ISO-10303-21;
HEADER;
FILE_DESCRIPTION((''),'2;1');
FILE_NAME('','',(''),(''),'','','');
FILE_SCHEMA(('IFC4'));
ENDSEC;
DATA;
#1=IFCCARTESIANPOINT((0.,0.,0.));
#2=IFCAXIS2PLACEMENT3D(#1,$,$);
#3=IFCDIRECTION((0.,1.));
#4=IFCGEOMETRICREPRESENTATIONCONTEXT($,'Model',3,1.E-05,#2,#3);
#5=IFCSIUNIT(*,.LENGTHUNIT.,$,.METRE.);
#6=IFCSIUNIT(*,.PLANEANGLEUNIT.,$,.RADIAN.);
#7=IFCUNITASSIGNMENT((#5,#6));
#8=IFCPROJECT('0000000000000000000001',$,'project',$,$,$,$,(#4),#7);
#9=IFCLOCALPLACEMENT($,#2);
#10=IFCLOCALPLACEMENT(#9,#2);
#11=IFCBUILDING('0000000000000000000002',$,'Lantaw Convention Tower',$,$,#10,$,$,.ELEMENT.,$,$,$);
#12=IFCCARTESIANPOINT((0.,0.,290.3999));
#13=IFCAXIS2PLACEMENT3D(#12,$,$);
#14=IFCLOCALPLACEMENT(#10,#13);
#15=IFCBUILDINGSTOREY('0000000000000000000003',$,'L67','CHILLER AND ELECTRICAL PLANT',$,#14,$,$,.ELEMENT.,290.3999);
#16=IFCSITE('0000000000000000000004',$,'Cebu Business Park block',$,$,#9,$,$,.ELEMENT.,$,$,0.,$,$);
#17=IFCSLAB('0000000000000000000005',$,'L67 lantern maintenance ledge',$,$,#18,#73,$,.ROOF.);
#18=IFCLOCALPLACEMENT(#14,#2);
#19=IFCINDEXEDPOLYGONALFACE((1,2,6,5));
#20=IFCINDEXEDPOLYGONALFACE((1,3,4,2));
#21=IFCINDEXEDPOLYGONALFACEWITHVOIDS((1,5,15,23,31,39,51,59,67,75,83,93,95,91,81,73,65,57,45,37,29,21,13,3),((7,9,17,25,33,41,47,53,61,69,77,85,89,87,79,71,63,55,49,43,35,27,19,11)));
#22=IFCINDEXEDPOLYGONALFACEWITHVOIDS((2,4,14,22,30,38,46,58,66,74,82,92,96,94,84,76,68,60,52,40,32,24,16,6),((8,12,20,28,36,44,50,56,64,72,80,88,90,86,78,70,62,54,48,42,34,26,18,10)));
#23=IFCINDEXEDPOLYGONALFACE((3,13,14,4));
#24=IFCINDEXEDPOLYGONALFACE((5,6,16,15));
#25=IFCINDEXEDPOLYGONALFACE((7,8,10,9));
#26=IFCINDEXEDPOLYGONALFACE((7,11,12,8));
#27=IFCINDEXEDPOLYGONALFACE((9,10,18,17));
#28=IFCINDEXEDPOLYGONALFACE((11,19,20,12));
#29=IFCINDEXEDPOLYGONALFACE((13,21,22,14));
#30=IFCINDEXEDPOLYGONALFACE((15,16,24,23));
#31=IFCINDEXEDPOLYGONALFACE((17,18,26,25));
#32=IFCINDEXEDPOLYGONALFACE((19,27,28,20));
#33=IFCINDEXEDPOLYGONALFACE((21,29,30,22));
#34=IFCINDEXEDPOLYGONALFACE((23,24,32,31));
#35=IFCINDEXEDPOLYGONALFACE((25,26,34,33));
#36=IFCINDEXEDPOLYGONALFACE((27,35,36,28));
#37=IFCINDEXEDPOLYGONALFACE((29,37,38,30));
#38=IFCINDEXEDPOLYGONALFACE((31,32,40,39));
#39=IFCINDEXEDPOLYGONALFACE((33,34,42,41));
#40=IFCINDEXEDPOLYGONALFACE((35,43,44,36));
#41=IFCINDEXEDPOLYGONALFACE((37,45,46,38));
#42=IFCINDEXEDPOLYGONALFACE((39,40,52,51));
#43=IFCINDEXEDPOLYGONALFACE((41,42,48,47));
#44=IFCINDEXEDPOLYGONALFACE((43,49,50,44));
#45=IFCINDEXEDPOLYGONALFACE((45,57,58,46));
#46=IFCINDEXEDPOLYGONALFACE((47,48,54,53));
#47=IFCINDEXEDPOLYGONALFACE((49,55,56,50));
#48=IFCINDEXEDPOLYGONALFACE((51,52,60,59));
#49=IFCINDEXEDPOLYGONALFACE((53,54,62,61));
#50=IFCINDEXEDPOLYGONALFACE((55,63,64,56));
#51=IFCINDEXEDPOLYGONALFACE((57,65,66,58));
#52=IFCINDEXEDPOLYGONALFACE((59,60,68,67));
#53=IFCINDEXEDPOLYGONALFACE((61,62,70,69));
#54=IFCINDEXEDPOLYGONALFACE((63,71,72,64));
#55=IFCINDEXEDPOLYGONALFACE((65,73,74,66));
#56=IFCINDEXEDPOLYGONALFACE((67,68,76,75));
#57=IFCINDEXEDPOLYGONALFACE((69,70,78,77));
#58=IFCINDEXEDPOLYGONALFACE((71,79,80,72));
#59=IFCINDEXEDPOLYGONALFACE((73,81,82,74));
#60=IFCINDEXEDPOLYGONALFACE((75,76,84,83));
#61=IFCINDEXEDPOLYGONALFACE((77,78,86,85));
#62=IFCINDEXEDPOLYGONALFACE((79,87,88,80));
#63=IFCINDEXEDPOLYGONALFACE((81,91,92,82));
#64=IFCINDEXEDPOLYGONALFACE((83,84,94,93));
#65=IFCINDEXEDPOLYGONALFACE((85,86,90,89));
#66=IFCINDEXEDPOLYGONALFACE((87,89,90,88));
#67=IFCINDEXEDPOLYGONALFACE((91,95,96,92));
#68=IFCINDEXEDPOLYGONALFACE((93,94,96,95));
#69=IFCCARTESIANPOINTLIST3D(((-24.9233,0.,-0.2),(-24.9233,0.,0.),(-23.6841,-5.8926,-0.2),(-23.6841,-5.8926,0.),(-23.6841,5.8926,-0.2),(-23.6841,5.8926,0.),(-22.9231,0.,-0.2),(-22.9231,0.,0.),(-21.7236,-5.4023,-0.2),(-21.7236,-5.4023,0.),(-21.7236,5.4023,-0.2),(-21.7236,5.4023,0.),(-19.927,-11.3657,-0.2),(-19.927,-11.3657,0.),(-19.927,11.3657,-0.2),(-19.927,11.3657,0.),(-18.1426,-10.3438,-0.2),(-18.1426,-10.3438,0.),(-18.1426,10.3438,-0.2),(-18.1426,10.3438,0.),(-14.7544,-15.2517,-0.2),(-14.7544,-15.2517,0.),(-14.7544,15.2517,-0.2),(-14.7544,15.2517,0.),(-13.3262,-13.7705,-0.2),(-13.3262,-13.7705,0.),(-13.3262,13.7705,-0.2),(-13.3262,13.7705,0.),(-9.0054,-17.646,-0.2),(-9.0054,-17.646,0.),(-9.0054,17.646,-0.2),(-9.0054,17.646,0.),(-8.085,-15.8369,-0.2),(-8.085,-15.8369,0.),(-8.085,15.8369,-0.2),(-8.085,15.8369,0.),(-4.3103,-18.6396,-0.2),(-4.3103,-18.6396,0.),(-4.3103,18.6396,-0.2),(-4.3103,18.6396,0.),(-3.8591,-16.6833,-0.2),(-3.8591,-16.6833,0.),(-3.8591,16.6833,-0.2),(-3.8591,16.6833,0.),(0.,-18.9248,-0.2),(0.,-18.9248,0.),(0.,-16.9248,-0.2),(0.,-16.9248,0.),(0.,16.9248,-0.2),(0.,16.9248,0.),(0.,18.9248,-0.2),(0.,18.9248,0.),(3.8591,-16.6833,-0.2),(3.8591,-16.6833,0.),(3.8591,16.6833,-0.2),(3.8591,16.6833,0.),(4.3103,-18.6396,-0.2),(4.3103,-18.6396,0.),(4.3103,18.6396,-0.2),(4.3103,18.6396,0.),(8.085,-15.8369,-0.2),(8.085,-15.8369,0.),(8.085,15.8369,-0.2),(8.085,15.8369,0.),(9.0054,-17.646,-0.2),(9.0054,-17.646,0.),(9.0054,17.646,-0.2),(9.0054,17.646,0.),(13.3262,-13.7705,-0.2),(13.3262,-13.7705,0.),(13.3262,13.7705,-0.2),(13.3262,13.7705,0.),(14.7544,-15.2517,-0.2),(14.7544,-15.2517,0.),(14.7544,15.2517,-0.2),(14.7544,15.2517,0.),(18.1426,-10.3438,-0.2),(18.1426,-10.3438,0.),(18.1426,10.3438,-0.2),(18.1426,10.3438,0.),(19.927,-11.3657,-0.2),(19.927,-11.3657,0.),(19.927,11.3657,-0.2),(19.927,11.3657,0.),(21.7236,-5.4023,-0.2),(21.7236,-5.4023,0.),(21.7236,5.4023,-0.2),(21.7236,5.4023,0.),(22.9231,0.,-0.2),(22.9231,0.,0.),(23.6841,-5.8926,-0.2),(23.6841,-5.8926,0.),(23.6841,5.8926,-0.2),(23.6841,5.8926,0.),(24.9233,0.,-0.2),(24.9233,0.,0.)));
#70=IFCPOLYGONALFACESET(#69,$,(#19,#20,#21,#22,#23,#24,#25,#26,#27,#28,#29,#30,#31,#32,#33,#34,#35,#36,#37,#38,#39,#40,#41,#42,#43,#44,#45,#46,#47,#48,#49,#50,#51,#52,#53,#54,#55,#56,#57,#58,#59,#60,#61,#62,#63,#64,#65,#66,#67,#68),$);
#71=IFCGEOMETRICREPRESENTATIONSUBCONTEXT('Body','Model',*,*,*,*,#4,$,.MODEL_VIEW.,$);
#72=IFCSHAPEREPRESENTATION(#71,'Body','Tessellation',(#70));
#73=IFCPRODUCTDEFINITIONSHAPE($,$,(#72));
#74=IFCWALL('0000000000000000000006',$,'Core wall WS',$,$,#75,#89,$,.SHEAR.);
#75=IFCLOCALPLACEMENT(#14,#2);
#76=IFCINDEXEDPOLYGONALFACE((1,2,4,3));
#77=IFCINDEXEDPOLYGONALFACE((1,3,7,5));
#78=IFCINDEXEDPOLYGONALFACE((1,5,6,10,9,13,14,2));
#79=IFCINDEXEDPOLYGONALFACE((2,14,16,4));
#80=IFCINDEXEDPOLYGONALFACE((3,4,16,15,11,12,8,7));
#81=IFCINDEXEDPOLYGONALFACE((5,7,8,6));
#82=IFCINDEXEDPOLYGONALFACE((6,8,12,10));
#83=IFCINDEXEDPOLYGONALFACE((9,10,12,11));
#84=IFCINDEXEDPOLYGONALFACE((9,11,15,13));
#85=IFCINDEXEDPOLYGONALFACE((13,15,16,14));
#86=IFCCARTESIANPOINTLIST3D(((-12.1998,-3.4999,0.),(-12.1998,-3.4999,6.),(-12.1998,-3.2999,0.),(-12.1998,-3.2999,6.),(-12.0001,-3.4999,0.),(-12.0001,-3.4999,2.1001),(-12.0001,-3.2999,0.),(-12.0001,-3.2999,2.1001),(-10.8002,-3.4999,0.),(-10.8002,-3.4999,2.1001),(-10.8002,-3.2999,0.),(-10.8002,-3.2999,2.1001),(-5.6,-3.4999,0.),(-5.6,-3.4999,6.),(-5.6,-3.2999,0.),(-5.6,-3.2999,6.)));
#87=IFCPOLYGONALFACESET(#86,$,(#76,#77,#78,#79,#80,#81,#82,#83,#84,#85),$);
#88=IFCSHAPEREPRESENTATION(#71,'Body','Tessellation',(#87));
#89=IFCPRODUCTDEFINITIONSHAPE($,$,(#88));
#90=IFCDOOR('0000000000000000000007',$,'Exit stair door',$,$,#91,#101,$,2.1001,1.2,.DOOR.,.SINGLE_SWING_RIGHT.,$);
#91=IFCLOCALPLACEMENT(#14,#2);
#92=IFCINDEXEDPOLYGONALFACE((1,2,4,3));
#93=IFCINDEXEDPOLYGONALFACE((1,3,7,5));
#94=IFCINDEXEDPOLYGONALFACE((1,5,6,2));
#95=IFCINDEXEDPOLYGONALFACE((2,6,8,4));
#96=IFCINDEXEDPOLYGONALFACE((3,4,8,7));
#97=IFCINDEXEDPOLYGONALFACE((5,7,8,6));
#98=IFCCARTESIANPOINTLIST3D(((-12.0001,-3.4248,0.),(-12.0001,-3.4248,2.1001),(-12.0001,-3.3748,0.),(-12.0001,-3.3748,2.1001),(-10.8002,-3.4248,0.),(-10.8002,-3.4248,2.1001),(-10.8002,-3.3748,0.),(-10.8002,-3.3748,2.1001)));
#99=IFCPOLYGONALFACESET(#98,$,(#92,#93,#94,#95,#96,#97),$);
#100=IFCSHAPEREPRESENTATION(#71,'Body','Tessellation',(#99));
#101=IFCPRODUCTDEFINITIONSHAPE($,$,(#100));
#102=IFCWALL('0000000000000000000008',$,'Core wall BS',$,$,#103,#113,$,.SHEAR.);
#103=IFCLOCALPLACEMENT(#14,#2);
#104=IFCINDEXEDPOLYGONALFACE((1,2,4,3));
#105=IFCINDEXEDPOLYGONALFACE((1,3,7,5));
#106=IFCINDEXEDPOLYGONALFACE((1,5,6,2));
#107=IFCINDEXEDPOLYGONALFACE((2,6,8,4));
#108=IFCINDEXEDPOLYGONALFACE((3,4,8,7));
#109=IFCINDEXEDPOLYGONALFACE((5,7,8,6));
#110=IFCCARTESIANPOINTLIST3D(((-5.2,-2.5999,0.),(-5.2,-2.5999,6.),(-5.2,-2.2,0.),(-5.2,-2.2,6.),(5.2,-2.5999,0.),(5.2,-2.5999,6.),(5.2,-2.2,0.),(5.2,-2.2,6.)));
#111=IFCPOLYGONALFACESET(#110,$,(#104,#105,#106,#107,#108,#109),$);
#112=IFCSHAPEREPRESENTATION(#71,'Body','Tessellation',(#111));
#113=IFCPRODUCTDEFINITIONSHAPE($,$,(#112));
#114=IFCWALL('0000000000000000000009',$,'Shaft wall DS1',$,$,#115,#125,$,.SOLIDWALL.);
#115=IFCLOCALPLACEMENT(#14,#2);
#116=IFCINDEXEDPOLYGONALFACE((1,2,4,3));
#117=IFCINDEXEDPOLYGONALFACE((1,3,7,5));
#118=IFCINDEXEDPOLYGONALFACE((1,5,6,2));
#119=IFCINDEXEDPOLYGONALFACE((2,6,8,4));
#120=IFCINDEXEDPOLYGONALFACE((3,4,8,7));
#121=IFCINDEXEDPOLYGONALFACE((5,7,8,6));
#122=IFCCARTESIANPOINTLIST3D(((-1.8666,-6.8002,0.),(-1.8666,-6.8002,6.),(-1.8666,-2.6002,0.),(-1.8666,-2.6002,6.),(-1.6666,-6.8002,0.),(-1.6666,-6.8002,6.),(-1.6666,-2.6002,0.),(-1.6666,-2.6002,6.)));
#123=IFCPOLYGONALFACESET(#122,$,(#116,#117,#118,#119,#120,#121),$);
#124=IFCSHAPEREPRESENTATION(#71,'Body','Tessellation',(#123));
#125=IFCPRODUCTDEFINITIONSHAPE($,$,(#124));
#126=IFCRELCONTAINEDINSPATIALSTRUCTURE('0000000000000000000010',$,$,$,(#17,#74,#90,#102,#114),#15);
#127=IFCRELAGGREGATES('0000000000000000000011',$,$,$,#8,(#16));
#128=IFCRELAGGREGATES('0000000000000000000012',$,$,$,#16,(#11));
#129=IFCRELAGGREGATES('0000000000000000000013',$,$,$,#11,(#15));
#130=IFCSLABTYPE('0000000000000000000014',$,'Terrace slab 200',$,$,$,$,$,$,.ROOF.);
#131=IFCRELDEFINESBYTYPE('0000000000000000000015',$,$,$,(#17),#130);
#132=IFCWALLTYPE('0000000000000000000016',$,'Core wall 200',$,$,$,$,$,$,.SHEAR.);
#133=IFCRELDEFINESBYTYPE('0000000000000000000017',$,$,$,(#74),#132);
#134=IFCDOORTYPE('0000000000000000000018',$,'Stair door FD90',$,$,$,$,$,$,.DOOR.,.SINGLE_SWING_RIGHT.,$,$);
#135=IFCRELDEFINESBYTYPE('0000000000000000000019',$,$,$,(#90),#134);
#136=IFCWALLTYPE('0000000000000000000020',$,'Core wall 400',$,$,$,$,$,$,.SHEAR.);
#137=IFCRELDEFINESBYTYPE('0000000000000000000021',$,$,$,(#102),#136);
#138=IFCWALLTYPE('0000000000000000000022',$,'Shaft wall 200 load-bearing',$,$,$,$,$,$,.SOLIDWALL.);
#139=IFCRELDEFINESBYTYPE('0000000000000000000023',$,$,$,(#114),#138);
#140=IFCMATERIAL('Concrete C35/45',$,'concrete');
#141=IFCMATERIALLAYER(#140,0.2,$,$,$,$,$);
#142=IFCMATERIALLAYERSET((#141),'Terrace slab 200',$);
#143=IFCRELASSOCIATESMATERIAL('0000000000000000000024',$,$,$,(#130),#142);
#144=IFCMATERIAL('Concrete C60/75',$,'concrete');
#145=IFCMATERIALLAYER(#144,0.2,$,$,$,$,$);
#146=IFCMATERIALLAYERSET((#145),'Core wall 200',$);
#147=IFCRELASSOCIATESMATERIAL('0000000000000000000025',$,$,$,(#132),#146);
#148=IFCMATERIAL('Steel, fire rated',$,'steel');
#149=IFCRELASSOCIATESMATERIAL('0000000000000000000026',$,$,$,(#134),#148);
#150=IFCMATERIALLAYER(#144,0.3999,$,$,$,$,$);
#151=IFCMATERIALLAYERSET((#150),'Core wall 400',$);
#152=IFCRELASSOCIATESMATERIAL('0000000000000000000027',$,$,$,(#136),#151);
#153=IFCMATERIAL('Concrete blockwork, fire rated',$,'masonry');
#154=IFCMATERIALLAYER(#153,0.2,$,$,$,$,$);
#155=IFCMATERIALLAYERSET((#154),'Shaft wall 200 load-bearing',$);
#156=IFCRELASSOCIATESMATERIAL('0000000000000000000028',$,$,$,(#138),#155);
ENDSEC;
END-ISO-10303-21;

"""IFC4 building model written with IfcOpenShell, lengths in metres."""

from ifc_helpers import new_model, si_unit, direction, frame, frame_2d, origin, place, context, subcontext, project, spatial, polyline, rectangle, outline, extrude, material, layer, layer_set, type_object, element, fill, save


model = new_model("IFC4")

# Units and contexts
model_context = context("Model", 3, precision=1e-05, world=origin(), true_north=direction((0.0, 1.0)))
body_context = subcontext(model_context, "Body", "Model", "MODEL_VIEW")
ifc_project = project(units=[si_unit("LENGTHUNIT", "METRE"), si_unit("PLANEANGLEUNIT", "RADIAN")], contexts=[model_context])

# Site, building, storey
site_placement = place(None, origin())
site = spatial("IfcSite", under=ifc_project, at=site_placement, Name="Cebu Business Park block", CompositionType="ELEMENT", RefElevation=0.0)
building_placement = place(site_placement, origin())
building = spatial("IfcBuilding", under=site, at=building_placement, Name="Lantaw Convention Tower", CompositionType="ELEMENT")
storey_placement = place(building_placement, frame((0.0, 0.0, 290.3999)))
storey = spatial("IfcBuildingStorey", under=building, at=storey_placement, Name="L67", Description="CHILLER AND ELECTRICAL PLANT", CompositionType="ELEMENT", Elevation=290.3999)

# Shared definitions
ifc_material_1 = material(Name="Concrete C35/45", Category="concrete")

# Slab
ifc_layer_1 = layer(ifc_material_1, 0.2)
ifc_layer_set_1 = layer_set([ifc_layer_1], Name="Terrace slab 200")
slab_type_1 = type_object("IfcSlabType", Name="Terrace slab 200", PredefinedType="ROOF", material=ifc_layer_set_1)
slab_1_placement = place(storey_placement, frame((0.0, 0.0, -0.2)))
element("IfcSlab", 1, at=slab_1_placement, inside=storey, type_object=slab_type_1, Name="L67 lantern maintenance ledge", PredefinedType="ROOF", context=body_context, shape_type="SweptSolid", body=[
    extrude(outline(polyline([(19.927, -11.3657), (23.6841, -5.8926), (24.9233, 0.0), (23.6841, 5.8926), (19.927, 11.3657), (14.7544, 15.2517), (9.0054, 17.646), (4.3103, 18.6396), (0.0, 18.9248), (-4.3103, 18.6396), (-9.0054, 17.646), (-14.7544, 15.2517), (-19.927, 11.3657), (-23.6841, 5.8926), (-24.9233, 0.0), (-23.6841, -5.8926), (-19.927, -11.3657), (-14.7544, -15.2517), (-9.0054, -17.646), (-4.3103, -18.6396), (0.0, -18.9248), (4.3103, -18.6396), (9.0054, -17.646), (14.7544, -15.2517), (19.927, -11.3657)]), holes=[polyline([(18.1426, 10.3438), (13.3262, 13.7705), (8.085, 15.8369), (3.8591, 16.6833), (0.0, 16.9248), (-3.8591, 16.6833), (-8.085, 15.8369), (-13.3262, 13.7705), (-18.1426, 10.3438), (-21.7236, 5.4023), (-22.9231, 0.0), (-21.7236, -5.4023), (-18.1426, -10.3438), (-13.3262, -13.7705), (-8.085, -15.8369), (-3.8591, -16.6833), (0.0, -16.9248), (3.8591, -16.6833), (8.085, -15.8369), (13.3262, -13.7705), (18.1426, -10.3438), (21.7236, -5.4023), (22.9231, 0.0), (21.7236, 5.4023), (18.1426, 10.3438)])]), origin(), (0.0, 0.0, 1.0), 0.2),
])

# Wall, opening, door
ifc_material_2 = material(Name="Concrete C60/75", Category="concrete")
ifc_layer_2 = layer(ifc_material_2, 0.2)
ifc_layer_set_2 = layer_set([ifc_layer_2], Name="Core wall 200")
wall_type_1 = type_object("IfcWallType", Name="Core wall 200", PredefinedType="SHEAR", material=ifc_layer_set_2)
wall_1_placement = place(storey_placement, frame((-5.6001, -3.3999, 0.0), z_axis=(0.0, 0.0, 1.0), x_axis=(-1.0, 0.0, 0.0)))
wall_1 = element("IfcWall", 2, at=wall_1_placement, inside=storey, type_object=wall_type_1, Name="Core wall WS", PredefinedType="SHEAR", context=body_context, shape_type="SweptSolid", body=[
    extrude(rectangle(XDim=6.5999, YDim=0.2, at=frame_2d((3.2998, 0.0))), origin(), (0.0, 0.0, 1.0), 6.0),
])
opening_placement = place(wall_1_placement, frame((5.2, 0.0, 0.0)))
opening = element("IfcOpeningElement", 3, at=opening_placement, cuts=wall_1, PredefinedType="OPENING", context=body_context, shape_type="SweptSolid", body=[
    extrude(rectangle(XDim=1.2, YDim=2.1001, at=frame_2d((0.6001, 1.05))), frame((0.0, 0.1099, 0.0), z_axis=(0.0, -1.0, 0.0), x_axis=(1.0, 0.0, 0.0)), (0.0, 0.0, 1.0), 0.22),
])
ifc_material_3 = material(Name="Steel, fire rated", Category="steel")
door_type = type_object("IfcDoorType", Name="Stair door FD90", OperationType="SINGLE_SWING_RIGHT", PredefinedType="DOOR", material=ifc_material_3)
door_placement = place(opening_placement, origin())
door = element("IfcDoor", 4, at=door_placement, inside=storey, type_object=door_type, Name="Exit stair door", OperationType="SINGLE_SWING_RIGHT", OverallHeight=2.1001, OverallWidth=1.2, PredefinedType="DOOR", context=body_context, shape_type="SweptSolid", body=[
    extrude(rectangle(XDim=1.2, YDim=2.1001, at=frame_2d((0.6001, 1.05))), frame((0.0, 0.0249, 0.0), z_axis=(0.0, -1.0, 0.0), x_axis=(1.0, 0.0, 0.0)), (0.0, 0.0, 1.0), 0.05),
])
fill(opening, door)

# Walls
ifc_layer_3 = layer(ifc_material_2, 0.3999)
ifc_layer_set_3 = layer_set([ifc_layer_3], Name="Core wall 400")
wall_type_2 = type_object("IfcWallType", Name="Core wall 400", PredefinedType="SHEAR", material=ifc_layer_set_3)
wall_2_placement = place(storey_placement, frame((-5.2, -2.3999, 0.0), z_axis=(0.0, 0.0, 1.0), x_axis=(1.0, 0.0, 0.0)))
element("IfcWall", 5, at=wall_2_placement, inside=storey, type_object=wall_type_2, Name="Core wall BS", PredefinedType="SHEAR", context=body_context, shape_type="SweptSolid", body=[
    extrude(rectangle(XDim=10.3999, YDim=0.3999, at=frame_2d((5.2, 0.0))), origin(), (0.0, 0.0, 1.0), 6.0),
])
ifc_material_4 = material(Name="Concrete blockwork, fire rated", Category="masonry")
ifc_layer_4 = layer(ifc_material_4, 0.2)
ifc_layer_set_4 = layer_set([ifc_layer_4], Name="Shaft wall 200 load-bearing")
wall_type_3 = type_object("IfcWallType", Name="Shaft wall 200 load-bearing", PredefinedType="SOLIDWALL", material=ifc_layer_set_4)
wall_3_placement = place(storey_placement, frame((-1.7666, -2.6001, 0.0), z_axis=(0.0, 0.0, 1.0), x_axis=(0.0, -1.0, 0.0)))
element("IfcWall", 6, at=wall_3_placement, inside=storey, type_object=wall_type_3, Name="Shaft wall DS1", PredefinedType="SOLIDWALL", context=body_context, shape_type="SweptSolid", body=[
    extrude(rectangle(XDim=4.2, YDim=0.2, at=frame_2d((2.1001, 0.0))), origin(), (0.0, 0.0, 1.0), 6.0),
])

save(model, "model.ifc")
